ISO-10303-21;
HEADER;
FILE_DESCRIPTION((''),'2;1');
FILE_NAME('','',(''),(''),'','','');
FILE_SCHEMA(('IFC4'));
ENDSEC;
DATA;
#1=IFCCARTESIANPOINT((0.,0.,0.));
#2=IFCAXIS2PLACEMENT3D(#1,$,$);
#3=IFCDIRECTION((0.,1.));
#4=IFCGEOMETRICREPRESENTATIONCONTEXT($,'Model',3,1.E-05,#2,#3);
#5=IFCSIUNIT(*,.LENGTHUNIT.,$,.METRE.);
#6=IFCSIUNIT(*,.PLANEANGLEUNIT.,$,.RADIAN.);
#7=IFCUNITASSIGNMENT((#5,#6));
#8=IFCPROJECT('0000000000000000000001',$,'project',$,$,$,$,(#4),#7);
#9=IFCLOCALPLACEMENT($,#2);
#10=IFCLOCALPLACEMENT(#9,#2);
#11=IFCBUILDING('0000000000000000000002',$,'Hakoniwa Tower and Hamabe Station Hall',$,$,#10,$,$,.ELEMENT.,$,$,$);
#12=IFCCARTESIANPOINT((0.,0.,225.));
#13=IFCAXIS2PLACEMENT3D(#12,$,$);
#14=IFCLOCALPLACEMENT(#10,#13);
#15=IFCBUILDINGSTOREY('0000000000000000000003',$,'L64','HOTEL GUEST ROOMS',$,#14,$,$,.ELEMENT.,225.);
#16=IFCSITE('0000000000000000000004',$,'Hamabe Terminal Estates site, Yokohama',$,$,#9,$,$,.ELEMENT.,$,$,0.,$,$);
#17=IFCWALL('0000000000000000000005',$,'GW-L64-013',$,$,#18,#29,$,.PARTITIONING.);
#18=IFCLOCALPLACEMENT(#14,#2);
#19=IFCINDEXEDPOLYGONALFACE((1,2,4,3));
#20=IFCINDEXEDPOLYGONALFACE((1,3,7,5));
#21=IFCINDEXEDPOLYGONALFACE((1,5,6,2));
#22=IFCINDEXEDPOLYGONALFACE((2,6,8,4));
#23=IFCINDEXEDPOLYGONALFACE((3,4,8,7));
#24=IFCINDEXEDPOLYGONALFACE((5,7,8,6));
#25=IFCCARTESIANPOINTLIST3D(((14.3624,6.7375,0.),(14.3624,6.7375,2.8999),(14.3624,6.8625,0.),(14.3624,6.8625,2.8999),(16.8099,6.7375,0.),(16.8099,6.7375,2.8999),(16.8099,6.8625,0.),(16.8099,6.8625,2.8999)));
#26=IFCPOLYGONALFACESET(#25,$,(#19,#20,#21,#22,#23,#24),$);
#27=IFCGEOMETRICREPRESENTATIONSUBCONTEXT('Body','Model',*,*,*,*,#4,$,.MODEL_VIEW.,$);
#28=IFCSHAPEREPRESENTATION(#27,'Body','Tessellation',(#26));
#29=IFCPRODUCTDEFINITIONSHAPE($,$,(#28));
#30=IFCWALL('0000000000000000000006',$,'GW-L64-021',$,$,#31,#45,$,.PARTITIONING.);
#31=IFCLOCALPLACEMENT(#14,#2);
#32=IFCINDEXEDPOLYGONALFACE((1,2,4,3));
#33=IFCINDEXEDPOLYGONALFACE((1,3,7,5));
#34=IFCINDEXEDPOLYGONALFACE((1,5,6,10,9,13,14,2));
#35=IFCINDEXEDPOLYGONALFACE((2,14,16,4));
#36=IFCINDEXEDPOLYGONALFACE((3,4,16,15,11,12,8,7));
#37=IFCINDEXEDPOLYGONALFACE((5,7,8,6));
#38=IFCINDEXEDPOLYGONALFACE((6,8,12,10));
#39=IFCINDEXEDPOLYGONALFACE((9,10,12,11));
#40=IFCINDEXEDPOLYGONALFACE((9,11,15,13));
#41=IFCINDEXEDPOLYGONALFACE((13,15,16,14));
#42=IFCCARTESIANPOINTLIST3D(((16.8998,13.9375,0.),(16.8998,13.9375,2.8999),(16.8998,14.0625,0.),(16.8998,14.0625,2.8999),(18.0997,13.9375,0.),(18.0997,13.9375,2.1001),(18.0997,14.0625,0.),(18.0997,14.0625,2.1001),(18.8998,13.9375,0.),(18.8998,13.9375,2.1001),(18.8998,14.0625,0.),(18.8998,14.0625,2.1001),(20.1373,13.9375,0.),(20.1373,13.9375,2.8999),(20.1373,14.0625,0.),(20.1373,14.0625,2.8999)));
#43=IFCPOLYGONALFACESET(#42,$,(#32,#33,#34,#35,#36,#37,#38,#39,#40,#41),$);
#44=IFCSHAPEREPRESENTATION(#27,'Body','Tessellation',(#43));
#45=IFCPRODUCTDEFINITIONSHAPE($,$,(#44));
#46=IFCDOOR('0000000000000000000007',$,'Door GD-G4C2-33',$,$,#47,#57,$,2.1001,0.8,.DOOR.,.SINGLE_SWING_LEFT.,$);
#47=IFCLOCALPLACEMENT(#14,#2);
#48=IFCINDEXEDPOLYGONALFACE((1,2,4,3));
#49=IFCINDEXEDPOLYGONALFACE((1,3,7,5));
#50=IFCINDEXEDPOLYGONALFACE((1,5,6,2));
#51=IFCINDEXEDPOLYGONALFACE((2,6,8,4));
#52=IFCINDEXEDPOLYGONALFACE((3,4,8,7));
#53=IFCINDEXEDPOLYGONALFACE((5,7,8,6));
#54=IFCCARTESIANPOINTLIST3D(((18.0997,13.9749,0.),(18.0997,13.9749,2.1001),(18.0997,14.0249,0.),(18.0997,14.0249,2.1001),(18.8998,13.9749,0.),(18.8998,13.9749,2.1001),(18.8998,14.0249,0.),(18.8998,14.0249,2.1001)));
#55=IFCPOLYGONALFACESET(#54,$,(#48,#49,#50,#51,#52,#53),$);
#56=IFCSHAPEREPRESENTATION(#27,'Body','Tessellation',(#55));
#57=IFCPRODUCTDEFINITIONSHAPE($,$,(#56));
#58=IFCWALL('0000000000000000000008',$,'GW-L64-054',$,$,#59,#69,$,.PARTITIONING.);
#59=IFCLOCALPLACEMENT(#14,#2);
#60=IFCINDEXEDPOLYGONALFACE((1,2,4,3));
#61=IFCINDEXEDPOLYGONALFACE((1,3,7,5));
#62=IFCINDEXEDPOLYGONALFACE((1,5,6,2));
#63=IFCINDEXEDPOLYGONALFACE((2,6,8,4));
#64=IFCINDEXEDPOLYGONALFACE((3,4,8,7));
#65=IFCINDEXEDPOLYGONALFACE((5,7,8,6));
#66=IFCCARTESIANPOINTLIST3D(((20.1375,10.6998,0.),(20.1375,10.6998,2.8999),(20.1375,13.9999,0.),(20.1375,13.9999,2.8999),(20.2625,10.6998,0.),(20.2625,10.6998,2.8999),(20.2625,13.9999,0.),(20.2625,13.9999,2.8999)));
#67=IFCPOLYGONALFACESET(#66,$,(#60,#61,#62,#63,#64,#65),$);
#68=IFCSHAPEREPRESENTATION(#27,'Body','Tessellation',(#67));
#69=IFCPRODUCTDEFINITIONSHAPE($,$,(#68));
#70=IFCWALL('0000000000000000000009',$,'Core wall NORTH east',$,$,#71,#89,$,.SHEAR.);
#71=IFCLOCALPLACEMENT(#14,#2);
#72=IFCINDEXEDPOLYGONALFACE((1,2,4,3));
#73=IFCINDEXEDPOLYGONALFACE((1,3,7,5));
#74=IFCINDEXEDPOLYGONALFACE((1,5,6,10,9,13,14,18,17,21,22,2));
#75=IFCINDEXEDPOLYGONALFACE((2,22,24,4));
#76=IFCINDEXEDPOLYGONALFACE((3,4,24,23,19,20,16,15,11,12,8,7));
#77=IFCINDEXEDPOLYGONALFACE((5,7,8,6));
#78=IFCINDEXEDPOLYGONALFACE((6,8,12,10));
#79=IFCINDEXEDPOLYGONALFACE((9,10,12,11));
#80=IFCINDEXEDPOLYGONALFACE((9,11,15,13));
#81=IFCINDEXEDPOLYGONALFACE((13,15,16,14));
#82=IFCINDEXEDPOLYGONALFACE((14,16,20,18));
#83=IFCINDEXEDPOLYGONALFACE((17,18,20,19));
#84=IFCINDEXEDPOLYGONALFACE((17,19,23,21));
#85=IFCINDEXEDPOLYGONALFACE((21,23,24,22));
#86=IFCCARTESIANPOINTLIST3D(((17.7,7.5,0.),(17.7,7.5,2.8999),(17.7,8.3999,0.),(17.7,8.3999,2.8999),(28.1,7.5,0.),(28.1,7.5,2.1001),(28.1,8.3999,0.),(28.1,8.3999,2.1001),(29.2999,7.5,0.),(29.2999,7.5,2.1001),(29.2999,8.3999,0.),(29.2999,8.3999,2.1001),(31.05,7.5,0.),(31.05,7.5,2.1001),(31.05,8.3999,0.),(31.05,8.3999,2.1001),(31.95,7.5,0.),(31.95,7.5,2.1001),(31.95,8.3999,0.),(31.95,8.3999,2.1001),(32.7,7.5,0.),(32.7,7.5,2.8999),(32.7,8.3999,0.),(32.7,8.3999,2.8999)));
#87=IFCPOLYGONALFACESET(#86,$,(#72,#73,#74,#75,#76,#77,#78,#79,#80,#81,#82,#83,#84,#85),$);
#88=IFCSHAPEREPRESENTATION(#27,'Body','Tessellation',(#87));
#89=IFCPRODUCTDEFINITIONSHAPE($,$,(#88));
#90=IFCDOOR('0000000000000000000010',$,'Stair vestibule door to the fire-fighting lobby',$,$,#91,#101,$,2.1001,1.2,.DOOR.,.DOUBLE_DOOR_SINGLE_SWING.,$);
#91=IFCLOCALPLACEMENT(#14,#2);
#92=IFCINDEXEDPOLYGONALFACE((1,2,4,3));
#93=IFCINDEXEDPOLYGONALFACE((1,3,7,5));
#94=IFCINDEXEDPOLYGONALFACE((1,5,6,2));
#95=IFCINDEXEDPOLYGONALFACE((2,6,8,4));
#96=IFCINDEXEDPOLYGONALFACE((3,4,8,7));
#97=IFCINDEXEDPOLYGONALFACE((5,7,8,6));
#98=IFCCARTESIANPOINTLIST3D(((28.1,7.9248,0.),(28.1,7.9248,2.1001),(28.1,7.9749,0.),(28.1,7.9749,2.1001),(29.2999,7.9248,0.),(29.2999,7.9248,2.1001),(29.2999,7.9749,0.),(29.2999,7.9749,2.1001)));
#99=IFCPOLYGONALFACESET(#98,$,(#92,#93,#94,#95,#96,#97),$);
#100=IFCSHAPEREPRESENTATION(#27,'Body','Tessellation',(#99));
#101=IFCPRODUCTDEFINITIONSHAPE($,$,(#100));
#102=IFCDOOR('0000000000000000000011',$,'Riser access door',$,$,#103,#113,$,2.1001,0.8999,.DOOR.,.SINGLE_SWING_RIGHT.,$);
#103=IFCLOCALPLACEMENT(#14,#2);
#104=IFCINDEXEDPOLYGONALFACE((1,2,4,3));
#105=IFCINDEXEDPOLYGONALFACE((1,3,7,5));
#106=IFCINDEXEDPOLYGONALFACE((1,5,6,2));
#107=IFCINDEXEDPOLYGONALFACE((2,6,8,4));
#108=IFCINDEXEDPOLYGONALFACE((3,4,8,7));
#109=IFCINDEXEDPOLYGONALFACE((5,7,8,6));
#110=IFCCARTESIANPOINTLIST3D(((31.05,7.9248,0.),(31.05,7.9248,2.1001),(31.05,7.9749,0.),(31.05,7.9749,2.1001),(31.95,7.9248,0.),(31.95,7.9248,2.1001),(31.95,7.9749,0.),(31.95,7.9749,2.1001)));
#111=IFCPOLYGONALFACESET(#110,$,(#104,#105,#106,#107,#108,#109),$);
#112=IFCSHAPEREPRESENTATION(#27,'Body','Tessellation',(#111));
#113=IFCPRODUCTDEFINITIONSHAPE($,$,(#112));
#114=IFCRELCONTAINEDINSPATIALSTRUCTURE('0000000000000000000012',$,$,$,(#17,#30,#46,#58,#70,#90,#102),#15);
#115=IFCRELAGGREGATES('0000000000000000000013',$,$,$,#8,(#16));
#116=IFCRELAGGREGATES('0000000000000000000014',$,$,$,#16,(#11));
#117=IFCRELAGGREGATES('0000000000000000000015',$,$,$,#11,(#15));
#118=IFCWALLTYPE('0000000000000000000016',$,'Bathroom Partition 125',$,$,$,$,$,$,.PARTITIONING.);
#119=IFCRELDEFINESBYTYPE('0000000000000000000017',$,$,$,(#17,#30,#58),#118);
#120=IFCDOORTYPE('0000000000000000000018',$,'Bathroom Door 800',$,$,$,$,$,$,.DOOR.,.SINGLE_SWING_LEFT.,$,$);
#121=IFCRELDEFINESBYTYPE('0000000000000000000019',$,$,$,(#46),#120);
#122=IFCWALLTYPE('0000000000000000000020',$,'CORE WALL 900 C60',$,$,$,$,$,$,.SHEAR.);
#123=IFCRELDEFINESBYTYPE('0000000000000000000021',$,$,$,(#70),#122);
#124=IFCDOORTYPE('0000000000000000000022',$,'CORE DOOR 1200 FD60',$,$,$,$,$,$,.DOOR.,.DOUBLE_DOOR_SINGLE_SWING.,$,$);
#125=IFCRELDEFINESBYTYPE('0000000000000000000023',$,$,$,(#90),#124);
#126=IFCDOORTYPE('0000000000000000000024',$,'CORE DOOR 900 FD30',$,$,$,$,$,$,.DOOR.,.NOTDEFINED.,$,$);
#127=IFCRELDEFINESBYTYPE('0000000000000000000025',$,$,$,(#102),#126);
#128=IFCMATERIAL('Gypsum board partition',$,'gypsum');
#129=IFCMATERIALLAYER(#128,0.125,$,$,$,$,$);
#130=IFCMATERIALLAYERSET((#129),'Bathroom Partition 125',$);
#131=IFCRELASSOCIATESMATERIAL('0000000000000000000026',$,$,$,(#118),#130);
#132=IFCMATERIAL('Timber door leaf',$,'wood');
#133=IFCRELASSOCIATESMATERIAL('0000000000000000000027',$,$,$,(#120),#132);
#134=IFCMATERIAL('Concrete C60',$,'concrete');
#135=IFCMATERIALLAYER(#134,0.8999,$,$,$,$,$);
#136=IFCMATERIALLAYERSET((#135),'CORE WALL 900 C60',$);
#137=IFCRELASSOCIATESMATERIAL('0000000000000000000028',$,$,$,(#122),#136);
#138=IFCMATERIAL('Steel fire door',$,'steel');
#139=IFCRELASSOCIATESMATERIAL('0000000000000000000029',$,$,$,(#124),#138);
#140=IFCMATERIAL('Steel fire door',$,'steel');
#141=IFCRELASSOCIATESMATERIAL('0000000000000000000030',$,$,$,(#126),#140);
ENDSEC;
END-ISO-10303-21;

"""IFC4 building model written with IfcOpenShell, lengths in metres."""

from ifc_helpers import new_model, si_unit, direction, frame, frame_2d, origin, place, context, subcontext, project, spatial, rectangle, extrude, material, layer, layer_set, type_object, element, fill, save


model = new_model("IFC4")

# Units and contexts
model_context = context("Model", 3, precision=1e-05, world=origin(), true_north=direction((0.0, 1.0)))
body_context = subcontext(model_context, "Body", "Model", "MODEL_VIEW")
ifc_project = project(units=[si_unit("LENGTHUNIT", "METRE"), si_unit("PLANEANGLEUNIT", "RADIAN")], contexts=[model_context])

# Site, building, storey
site_placement = place(None, origin())
site = spatial("IfcSite", under=ifc_project, at=site_placement, Name="Hamabe Terminal Estates site, Yokohama", CompositionType="ELEMENT", RefElevation=0.0)
building_placement = place(site_placement, origin())
building = spatial("IfcBuilding", under=site, at=building_placement, Name="Hakoniwa Tower and Hamabe Station Hall", CompositionType="ELEMENT")
storey_placement = place(building_placement, frame((0.0, 0.0, 225.0)))
storey = spatial("IfcBuildingStorey", under=building, at=storey_placement, Name="L64", Description="HOTEL GUEST ROOMS", CompositionType="ELEMENT", Elevation=225.0)

# Wall
ifc_material_1 = material(Name="Gypsum board partition", Category="gypsum")
ifc_layer_1 = layer(ifc_material_1, 0.125)
ifc_layer_set_1 = layer_set([ifc_layer_1], Name="Bathroom Partition 125")
wall_type_1 = type_object("IfcWallType", Name="Bathroom Partition 125", PredefinedType="PARTITIONING", material=ifc_layer_set_1)
wall_1_placement = place(storey_placement, frame((14.3625, 6.8, 0.0), z_axis=(0.0, 0.0, 1.0), x_axis=(1.0, 0.0, 0.0)))
element("IfcWall", 1, at=wall_1_placement, inside=storey, type_object=wall_type_1, Name="GW-L64-013", PredefinedType="PARTITIONING", context=body_context, shape_type="SweptSolid", body=[
    extrude(rectangle(XDim=2.4475, YDim=0.125, at=frame_2d((1.2236, 0.0))), origin(), (0.0, 0.0, 1.0), 2.8999),
])

# Wall, opening, door
wall_2_placement = place(storey_placement, frame((16.8999, 14.0, 0.0), z_axis=(0.0, 0.0, 1.0), x_axis=(1.0, 0.0, 0.0)))
wall_2 = element("IfcWall", 2, at=wall_2_placement, inside=storey, type_object=wall_type_1, Name="GW-L64-021", PredefinedType="PARTITIONING", context=body_context, shape_type="SweptSolid", body=[
    extrude(rectangle(XDim=3.2375, YDim=0.125, at=frame_2d((1.6187, 0.0))), origin(), (0.0, 0.0, 1.0), 2.8999),
])
opening_1_placement = place(wall_2_placement, frame((1.2, 0.0, 0.0)))
opening_1 = element("IfcOpeningElement", 3, at=opening_1_placement, cuts=wall_2, PredefinedType="OPENING", context=body_context, shape_type="SweptSolid", body=[
    extrude(rectangle(XDim=0.8, YDim=2.1001, at=frame_2d((0.3999, 1.05))), frame((0.0, 0.0725, 0.0), z_axis=(0.0, -1.0, 0.0), x_axis=(1.0, 0.0, 0.0)), (0.0, 0.0, 1.0), 0.145),
])
ifc_material_2 = material(Name="Timber door leaf", Category="wood")
door_type_1 = type_object("IfcDoorType", Name="Bathroom Door 800", OperationType="SINGLE_SWING_LEFT", PredefinedType="DOOR", material=ifc_material_2)
door_1_placement = place(opening_1_placement, origin())
door_1 = element("IfcDoor", 4, at=door_1_placement, inside=storey, type_object=door_type_1, Name="Door GD-G4C2-33", OperationType="SINGLE_SWING_LEFT", OverallHeight=2.1001, OverallWidth=0.8, PredefinedType="DOOR", context=body_context, shape_type="SweptSolid", body=[
    extrude(rectangle(XDim=0.8, YDim=2.1001, at=frame_2d((0.3999, 1.05))), frame((0.0, 0.0249, 0.0), z_axis=(0.0, -1.0, 0.0), x_axis=(1.0, 0.0, 0.0)), (0.0, 0.0, 1.0), 0.05),
])
fill(opening_1, door_1)

# Wall
wall_3_placement = place(storey_placement, frame((20.2, 10.7, 0.0), z_axis=(0.0, 0.0, 1.0), x_axis=(0.0, 1.0, 0.0)))
element("IfcWall", 5, at=wall_3_placement, inside=storey, type_object=wall_type_1, Name="GW-L64-054", PredefinedType="PARTITIONING", context=body_context, shape_type="SweptSolid", body=[
    extrude(rectangle(XDim=3.3, YDim=0.125, at=frame_2d((1.6499, 0.0))), origin(), (0.0, 0.0, 1.0), 2.8999),
])

# Wall, openings, doors
ifc_material_3 = material(Name="Concrete C60", Category="concrete")
ifc_layer_2 = layer(ifc_material_3, 0.8999)
ifc_layer_set_2 = layer_set([ifc_layer_2], Name="CORE WALL 900 C60")
wall_type_2 = type_object("IfcWallType", Name="CORE WALL 900 C60", PredefinedType="SHEAR", material=ifc_layer_set_2)
wall_4_placement = place(storey_placement, frame((17.7, 7.95, 0.0), z_axis=(0.0, 0.0, 1.0), x_axis=(1.0, 0.0, 0.0)))
wall_4 = element("IfcWall", 6, at=wall_4_placement, inside=storey, type_object=wall_type_2, Name="Core wall NORTH east", PredefinedType="SHEAR", context=body_context, shape_type="SweptSolid", body=[
    extrude(rectangle(XDim=15.0, YDim=0.8999, at=frame_2d((7.5, 0.0))), origin(), (0.0, 0.0, 1.0), 2.8999),
])
opening_2_placement = place(wall_4_placement, frame((10.3999, 0.0, 0.0)))
opening_2 = element("IfcOpeningElement", 7, at=opening_2_placement, cuts=wall_4, PredefinedType="OPENING", context=body_context, shape_type="SweptSolid", body=[
    extrude(rectangle(XDim=1.2, YDim=2.1001, at=frame_2d((0.6001, 1.05))), frame((0.0, 0.46, 0.0), z_axis=(0.0, -1.0, 0.0), x_axis=(1.0, 0.0, 0.0)), (0.0, 0.0, 1.0), 0.9199),
])
opening_3_placement = place(wall_4_placement, frame((13.3501, 0.0, 0.0)))
opening_3 = element("IfcOpeningElement", 8, at=opening_3_placement, cuts=wall_4, PredefinedType="OPENING", context=body_context, shape_type="SweptSolid", body=[
    extrude(rectangle(XDim=0.8999, YDim=2.1001, at=frame_2d((0.45, 1.05))), frame((0.0, 0.46, 0.0), z_axis=(0.0, -1.0, 0.0), x_axis=(1.0, 0.0, 0.0)), (0.0, 0.0, 1.0), 0.9199),
])
ifc_material_4 = material(Name="Steel fire door", Category="steel")
door_type_2 = type_object("IfcDoorType", Name="CORE DOOR 1200 FD60", OperationType="DOUBLE_DOOR_SINGLE_SWING", PredefinedType="DOOR", material=ifc_material_4)
door_2_placement = place(opening_2_placement, origin())
door_2 = element("IfcDoor", 9, at=door_2_placement, inside=storey, type_object=door_type_2, Name="Stair vestibule door to the fire-fighting lobby", OperationType="DOUBLE_DOOR_SINGLE_SWING", OverallHeight=2.1001, OverallWidth=1.2, PredefinedType="DOOR", context=body_context, shape_type="SweptSolid", body=[
    extrude(rectangle(XDim=1.2, YDim=2.1001, at=frame_2d((0.6001, 1.05))), frame((0.0, 0.0249, 0.0), z_axis=(0.0, -1.0, 0.0), x_axis=(1.0, 0.0, 0.0)), (0.0, 0.0, 1.0), 0.05),
])
fill(opening_2, door_2)
ifc_material_5 = material(Name="Steel fire door", Category="steel")
door_type_3 = type_object("IfcDoorType", Name="CORE DOOR 900 FD30", OperationType="NOTDEFINED", PredefinedType="DOOR", material=ifc_material_5)
door_3_placement = place(opening_3_placement, origin())
door_3 = element("IfcDoor", 10, at=door_3_placement, inside=storey, type_object=door_type_3, Name="Riser access door", OperationType="SINGLE_SWING_RIGHT", OverallHeight=2.1001, OverallWidth=0.8999, PredefinedType="DOOR", context=body_context, shape_type="SweptSolid", body=[
    extrude(rectangle(XDim=0.8999, YDim=2.1001, at=frame_2d((0.45, 1.05))), frame((0.0, 0.0249, 0.0), z_axis=(0.0, -1.0, 0.0), x_axis=(1.0, 0.0, 0.0)), (0.0, 0.0, 1.0), 0.05),
])
fill(opening_3, door_3)

save(model, "model.ifc")
